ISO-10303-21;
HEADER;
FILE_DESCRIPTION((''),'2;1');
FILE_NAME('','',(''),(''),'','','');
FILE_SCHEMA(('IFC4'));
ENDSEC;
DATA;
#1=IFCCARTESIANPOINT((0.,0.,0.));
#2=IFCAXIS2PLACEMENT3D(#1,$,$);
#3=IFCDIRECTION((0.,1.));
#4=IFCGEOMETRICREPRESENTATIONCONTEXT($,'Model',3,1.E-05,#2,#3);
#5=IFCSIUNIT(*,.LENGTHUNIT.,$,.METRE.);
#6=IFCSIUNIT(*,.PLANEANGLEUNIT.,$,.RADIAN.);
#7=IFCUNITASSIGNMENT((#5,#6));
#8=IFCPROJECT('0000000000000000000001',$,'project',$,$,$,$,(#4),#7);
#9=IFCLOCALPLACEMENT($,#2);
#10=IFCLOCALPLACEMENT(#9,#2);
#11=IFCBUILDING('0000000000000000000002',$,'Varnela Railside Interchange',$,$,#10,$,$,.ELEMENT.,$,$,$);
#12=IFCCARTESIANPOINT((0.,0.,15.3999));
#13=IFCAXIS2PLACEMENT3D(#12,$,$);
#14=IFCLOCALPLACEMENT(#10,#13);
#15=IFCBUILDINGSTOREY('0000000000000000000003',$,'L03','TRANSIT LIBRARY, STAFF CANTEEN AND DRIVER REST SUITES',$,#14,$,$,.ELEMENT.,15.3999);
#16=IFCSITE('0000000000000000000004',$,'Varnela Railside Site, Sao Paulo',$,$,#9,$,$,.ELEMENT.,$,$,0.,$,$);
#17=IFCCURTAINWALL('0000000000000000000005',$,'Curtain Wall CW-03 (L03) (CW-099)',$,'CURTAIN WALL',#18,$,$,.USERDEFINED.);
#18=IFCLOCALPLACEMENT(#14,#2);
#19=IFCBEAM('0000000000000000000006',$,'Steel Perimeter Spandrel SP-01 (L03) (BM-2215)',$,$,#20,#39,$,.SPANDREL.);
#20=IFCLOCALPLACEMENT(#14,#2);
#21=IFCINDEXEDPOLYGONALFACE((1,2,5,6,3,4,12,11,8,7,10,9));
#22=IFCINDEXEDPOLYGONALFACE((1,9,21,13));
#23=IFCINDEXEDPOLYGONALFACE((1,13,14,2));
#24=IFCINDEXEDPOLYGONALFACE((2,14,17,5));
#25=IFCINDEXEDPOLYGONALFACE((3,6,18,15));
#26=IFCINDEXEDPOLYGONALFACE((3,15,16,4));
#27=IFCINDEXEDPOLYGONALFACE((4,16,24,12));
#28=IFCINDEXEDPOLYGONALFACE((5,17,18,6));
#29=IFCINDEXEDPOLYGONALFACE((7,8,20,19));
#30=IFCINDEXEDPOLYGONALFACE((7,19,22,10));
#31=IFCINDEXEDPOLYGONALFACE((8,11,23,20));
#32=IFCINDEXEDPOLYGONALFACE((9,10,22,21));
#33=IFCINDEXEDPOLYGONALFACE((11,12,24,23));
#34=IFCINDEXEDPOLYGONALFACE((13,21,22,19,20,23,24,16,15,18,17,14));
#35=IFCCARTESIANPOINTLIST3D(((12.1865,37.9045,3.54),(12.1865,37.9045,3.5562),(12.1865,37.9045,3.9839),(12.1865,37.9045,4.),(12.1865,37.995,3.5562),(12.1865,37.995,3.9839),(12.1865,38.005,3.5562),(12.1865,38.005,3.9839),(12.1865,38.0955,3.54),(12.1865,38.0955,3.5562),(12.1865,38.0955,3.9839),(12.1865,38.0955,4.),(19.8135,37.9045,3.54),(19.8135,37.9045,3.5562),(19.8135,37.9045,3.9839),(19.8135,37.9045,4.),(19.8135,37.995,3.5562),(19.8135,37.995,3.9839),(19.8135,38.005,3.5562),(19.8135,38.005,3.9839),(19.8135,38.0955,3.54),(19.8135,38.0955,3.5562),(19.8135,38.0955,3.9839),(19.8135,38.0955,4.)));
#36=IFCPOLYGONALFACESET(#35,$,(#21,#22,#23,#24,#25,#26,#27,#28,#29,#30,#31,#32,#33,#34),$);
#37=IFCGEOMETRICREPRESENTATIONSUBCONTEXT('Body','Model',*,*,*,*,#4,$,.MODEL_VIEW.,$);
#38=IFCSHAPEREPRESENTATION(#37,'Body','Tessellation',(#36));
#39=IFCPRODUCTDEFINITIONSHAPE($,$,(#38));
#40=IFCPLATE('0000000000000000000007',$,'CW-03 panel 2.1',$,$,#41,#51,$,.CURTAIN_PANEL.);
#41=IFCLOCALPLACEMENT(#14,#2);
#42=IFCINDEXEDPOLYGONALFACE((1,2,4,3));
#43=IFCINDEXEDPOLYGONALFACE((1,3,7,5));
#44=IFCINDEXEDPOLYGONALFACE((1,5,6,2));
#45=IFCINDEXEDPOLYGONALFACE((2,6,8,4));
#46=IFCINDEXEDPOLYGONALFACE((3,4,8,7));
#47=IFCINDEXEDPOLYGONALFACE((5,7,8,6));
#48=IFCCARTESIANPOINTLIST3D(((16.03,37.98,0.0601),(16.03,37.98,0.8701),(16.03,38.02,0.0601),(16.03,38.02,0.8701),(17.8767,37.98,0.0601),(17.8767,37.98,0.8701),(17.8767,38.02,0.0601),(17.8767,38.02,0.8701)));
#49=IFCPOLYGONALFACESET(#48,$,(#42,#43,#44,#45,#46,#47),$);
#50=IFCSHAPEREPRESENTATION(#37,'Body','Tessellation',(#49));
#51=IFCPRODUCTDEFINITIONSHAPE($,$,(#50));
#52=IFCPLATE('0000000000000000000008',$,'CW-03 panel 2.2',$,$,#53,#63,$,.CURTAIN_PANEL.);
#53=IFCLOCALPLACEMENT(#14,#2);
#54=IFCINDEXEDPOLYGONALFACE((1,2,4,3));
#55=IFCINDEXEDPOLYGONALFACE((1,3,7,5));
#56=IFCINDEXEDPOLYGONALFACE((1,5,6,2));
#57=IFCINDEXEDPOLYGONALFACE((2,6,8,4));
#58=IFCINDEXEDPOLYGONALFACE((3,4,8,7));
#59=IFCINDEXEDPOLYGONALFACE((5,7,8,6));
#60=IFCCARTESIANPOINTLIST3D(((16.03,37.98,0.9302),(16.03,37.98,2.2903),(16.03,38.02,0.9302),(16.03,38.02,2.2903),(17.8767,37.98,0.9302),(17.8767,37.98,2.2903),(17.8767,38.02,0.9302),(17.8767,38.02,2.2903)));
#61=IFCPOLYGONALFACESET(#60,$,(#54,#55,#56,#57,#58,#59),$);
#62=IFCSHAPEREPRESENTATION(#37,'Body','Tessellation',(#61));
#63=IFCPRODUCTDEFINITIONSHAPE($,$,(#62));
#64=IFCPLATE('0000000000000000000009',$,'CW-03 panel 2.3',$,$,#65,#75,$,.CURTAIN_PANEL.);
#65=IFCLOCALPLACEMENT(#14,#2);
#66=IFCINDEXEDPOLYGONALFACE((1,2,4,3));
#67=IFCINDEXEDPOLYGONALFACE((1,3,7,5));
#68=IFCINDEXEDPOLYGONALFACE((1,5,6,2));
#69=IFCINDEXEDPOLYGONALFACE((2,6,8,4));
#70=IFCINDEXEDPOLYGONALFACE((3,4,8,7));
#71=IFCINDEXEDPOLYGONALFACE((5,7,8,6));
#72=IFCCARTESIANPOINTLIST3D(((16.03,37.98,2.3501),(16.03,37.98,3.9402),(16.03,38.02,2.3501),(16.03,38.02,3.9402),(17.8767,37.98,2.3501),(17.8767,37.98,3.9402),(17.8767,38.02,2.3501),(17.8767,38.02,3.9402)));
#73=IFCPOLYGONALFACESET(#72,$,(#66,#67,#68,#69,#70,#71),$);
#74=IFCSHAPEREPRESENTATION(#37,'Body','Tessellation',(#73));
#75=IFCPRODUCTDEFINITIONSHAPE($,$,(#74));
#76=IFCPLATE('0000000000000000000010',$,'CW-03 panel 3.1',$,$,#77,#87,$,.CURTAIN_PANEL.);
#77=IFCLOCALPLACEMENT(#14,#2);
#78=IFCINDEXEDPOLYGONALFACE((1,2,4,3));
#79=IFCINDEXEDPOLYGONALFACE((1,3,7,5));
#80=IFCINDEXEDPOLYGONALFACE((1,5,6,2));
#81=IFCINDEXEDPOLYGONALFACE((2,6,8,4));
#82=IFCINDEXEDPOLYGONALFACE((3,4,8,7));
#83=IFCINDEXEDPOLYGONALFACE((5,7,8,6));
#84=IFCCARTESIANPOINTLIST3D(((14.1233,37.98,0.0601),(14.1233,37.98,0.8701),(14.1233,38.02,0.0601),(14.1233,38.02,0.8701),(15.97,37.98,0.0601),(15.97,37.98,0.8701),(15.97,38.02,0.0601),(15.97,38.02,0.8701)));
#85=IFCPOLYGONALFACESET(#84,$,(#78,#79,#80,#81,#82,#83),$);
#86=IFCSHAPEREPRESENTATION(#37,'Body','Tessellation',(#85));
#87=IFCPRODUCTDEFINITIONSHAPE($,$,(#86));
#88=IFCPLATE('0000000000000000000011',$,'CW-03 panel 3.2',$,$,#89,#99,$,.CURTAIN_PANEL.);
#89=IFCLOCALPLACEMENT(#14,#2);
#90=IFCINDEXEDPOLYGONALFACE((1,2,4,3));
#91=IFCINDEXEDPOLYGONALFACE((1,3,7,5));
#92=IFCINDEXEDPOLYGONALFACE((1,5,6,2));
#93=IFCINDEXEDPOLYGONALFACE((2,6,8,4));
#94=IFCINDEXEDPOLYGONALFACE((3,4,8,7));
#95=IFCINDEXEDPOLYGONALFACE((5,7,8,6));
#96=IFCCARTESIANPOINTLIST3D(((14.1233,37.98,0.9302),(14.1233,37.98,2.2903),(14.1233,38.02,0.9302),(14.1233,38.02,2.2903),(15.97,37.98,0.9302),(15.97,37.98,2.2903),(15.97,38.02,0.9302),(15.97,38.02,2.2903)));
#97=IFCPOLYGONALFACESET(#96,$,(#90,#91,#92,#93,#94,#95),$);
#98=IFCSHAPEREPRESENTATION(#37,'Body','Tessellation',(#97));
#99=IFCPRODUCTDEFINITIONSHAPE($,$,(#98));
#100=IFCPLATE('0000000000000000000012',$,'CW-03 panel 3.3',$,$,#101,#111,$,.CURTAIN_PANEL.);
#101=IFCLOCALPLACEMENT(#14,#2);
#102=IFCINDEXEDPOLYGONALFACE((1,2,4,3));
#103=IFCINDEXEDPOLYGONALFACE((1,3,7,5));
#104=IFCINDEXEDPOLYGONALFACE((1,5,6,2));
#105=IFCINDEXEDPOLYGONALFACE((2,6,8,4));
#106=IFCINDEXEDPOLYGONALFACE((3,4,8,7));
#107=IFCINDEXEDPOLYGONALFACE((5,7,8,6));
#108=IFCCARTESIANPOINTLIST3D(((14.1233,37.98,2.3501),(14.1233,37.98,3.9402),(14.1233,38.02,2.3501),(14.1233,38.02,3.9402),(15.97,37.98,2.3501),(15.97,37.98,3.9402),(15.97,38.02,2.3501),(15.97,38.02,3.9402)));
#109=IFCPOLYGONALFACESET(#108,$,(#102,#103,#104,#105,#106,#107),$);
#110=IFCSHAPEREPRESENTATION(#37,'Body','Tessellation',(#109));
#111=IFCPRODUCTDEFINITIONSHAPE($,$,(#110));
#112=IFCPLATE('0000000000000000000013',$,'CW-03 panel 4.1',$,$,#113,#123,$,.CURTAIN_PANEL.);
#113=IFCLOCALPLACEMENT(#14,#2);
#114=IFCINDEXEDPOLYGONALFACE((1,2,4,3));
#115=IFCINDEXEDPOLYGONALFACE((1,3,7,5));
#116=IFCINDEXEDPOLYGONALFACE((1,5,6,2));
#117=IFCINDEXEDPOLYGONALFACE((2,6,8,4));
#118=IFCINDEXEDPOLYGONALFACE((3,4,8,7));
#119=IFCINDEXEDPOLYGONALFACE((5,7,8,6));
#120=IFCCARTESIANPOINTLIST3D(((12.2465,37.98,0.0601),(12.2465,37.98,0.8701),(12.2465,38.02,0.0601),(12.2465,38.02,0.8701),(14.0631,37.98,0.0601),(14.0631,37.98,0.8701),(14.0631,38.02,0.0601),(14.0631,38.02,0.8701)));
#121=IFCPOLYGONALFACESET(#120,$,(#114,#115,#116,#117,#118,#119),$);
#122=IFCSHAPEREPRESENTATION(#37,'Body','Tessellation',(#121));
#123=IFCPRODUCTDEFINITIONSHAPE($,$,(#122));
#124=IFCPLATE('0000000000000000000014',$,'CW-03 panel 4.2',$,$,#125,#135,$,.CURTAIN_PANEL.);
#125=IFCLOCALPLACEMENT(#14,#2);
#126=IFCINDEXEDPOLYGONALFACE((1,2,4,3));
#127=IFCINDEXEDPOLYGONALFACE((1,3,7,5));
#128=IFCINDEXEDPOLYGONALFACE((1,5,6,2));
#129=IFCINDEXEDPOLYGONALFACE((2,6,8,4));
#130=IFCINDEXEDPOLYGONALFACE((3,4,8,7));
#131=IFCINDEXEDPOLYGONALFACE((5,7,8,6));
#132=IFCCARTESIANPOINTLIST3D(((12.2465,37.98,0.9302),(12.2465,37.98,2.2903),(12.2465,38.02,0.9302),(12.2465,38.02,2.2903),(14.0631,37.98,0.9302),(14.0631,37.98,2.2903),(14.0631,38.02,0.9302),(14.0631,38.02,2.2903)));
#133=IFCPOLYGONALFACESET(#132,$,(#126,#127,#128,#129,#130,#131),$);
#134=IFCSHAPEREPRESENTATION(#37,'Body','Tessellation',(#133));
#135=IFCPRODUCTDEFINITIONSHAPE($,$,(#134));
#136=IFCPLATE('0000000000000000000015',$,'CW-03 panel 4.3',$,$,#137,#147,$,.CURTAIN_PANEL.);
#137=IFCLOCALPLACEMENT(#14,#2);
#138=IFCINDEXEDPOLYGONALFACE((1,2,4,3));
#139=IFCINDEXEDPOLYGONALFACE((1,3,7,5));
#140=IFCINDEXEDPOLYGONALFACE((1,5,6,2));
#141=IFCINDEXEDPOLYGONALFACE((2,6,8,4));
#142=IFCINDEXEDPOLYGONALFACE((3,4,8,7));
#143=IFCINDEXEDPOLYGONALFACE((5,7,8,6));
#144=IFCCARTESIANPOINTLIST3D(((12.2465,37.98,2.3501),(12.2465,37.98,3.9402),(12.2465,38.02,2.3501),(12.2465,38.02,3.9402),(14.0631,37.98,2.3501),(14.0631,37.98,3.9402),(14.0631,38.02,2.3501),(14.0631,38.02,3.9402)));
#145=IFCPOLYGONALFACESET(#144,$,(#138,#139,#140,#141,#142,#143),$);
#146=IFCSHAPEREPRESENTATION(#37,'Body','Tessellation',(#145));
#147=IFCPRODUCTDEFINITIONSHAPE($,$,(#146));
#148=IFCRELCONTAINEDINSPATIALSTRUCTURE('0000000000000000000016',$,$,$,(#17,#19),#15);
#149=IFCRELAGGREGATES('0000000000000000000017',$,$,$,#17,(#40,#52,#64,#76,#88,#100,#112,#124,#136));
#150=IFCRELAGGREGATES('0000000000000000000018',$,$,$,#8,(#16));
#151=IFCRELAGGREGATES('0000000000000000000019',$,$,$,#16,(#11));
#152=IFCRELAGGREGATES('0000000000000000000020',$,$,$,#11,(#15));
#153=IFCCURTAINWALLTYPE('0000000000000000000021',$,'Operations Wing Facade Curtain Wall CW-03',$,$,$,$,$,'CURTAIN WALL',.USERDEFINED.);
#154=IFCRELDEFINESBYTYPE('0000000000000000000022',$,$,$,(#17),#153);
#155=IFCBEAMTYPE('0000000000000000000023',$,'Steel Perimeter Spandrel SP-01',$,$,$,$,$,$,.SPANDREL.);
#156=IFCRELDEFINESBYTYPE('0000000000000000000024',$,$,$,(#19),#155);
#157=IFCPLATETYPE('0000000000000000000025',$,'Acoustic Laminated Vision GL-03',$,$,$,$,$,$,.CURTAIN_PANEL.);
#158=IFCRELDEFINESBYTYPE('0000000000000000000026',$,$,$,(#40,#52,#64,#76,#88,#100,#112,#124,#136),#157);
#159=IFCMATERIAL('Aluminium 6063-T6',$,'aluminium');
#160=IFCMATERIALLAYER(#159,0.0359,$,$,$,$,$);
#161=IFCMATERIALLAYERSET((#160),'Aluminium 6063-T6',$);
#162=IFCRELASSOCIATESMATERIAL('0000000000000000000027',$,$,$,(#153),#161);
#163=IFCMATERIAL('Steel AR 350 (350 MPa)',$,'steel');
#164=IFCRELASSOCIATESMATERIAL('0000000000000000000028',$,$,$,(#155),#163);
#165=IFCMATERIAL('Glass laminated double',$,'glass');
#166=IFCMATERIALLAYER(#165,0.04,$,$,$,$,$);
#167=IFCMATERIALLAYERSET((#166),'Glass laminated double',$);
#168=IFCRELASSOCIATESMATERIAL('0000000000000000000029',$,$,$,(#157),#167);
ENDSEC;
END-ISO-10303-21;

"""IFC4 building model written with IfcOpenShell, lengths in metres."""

from ifc_helpers import new_model, si_unit, direction, frame, origin, origin_2d, place, context, subcontext, project, spatial, rectangle, i_section, extrude, material, layer, layer_set, material_profile, profile_set, type_object, element, aggregate, save


model = new_model("IFC4")

# Units and contexts
model_context = context("Model", 3, precision=1e-05, world=origin(), true_north=direction((0.0, 1.0)))
body_context = subcontext(model_context, "Body", "Model", "MODEL_VIEW")
ifc_project = project(units=[si_unit("LENGTHUNIT", "METRE"), si_unit("PLANEANGLEUNIT", "RADIAN")], contexts=[model_context])

# Site, building, storey
site_placement = place(None, origin())
site = spatial("IfcSite", under=ifc_project, at=site_placement, Name="Varnela Railside Site, Sao Paulo", CompositionType="ELEMENT", RefElevation=0.0)
building_placement = place(site_placement, origin())
building = spatial("IfcBuilding", under=site, at=building_placement, Name="Varnela Railside Interchange", CompositionType="ELEMENT")
storey_placement = place(building_placement, frame((0.0, 0.0, 15.3999)))
storey = spatial("IfcBuildingStorey", under=building, at=storey_placement, Name="L03", Description="TRANSIT LIBRARY, STAFF CANTEEN AND DRIVER REST SUITES", CompositionType="ELEMENT", Elevation=15.3999)

# Shared definitions
ifc_material_1 = material(Name="Steel AR 350 (350 MPa)", Category="steel")

# Curtain wall
ifc_material_2 = material(Name="Aluminium 6063-T6", Category="aluminium")
ifc_layer_1 = layer(ifc_material_2, 0.0359)
ifc_layer_set_1 = layer_set([ifc_layer_1], Name="Aluminium 6063-T6")
curtain_wall_type = type_object("IfcCurtainWallType", Name="Operations Wing Facade Curtain Wall CW-03", ElementType="CURTAIN WALL", PredefinedType="USERDEFINED", material=ifc_layer_set_1)
curtain_wall_placement = place(storey_placement, origin())
curtain_wall = element("IfcCurtainWall", 1, at=curtain_wall_placement, inside=storey, type_object=curtain_wall_type, Name="Curtain Wall CW-03 (L03) (CW-099)", ObjectType="CURTAIN WALL", PredefinedType="USERDEFINED")

# Beam
ifc_material_profile_1 = material_profile(ifc_material_1, i_section(OverallWidth=0.1909, OverallDepth=0.46, WebThickness=0.01, FlangeThickness=0.0161, at=origin_2d()), Name="W460x82")
ifc_profile_set_1 = profile_set([ifc_material_profile_1], Name="Steel AR 350 (350 MPa)")
beam_type = type_object("IfcBeamType", Name="Steel Perimeter Spandrel SP-01", PredefinedType="SPANDREL", material=ifc_profile_set_1)
beam_placement = place(storey_placement, frame((12.1865, 38.0, 3.77), z_axis=(1.0, 0.0, 0.0), x_axis=(0.0, 1.0, 0.0)))
element("IfcBeam", 2, at=beam_placement, inside=storey, type_object=beam_type, Name="Steel Perimeter Spandrel SP-01 (L03) (BM-2215)", PredefinedType="SPANDREL", context=body_context, shape_type="SweptSolid", body=[
    extrude(i_section(OverallWidth=0.1909, OverallDepth=0.46, WebThickness=0.01, FlangeThickness=0.0161, at=origin_2d()), origin(), (0.0, 0.0, 1.0), 7.627),
])

# Plates
ifc_material_3 = material(Name="Glass laminated double", Category="glass")
ifc_layer_2 = layer(ifc_material_3, 0.04)
ifc_layer_set_2 = layer_set([ifc_layer_2], Name="Glass laminated double")
plate_type = type_object("IfcPlateType", Name="Acoustic Laminated Vision GL-03", PredefinedType="CURTAIN_PANEL", material=ifc_layer_set_2)
plate_1_placement = place(storey_placement, frame((16.9534, 38.0, 0.0601), z_axis=(0.0, 0.0, 1.0), x_axis=(-1.0, 0.0, 0.0)))
plate_1 = element("IfcPlate", 3, at=plate_1_placement, type_object=plate_type, Name="CW-03 panel 2.1", PredefinedType="CURTAIN_PANEL", context=body_context, shape_type="SweptSolid", body=[
    extrude(rectangle(XDim=1.8467, YDim=0.04, at=origin_2d()), origin(), (0.0, 0.0, 1.0), 0.8101),
])
plate_2_placement = place(storey_placement, frame((16.9534, 38.0, 0.9302), z_axis=(0.0, 0.0, 1.0), x_axis=(-1.0, 0.0, 0.0)))
plate_2 = element("IfcPlate", 4, at=plate_2_placement, type_object=plate_type, Name="CW-03 panel 2.2", PredefinedType="CURTAIN_PANEL", context=body_context, shape_type="SweptSolid", body=[
    extrude(rectangle(XDim=1.8467, YDim=0.04, at=origin_2d()), origin(), (0.0, 0.0, 1.0), 1.3601),
])
plate_3_placement = place(storey_placement, frame((16.9534, 38.0, 2.3501), z_axis=(0.0, 0.0, 1.0), x_axis=(-1.0, 0.0, 0.0)))
plate_3 = element("IfcPlate", 5, at=plate_3_placement, type_object=plate_type, Name="CW-03 panel 2.3", PredefinedType="CURTAIN_PANEL", context=body_context, shape_type="SweptSolid", body=[
    extrude(rectangle(XDim=1.8467, YDim=0.04, at=origin_2d()), origin(), (0.0, 0.0, 1.0), 1.5901),
])
plate_4_placement = place(storey_placement, frame((15.0466, 38.0, 0.0601), z_axis=(0.0, 0.0, 1.0), x_axis=(-1.0, 0.0, 0.0)))
plate_4 = element("IfcPlate", 6, at=plate_4_placement, type_object=plate_type, Name="CW-03 panel 3.1", PredefinedType="CURTAIN_PANEL", context=body_context, shape_type="SweptSolid", body=[
    extrude(rectangle(XDim=1.8467, YDim=0.04, at=origin_2d()), origin(), (0.0, 0.0, 1.0), 0.8101),
])
plate_5_placement = place(storey_placement, frame((15.0466, 38.0, 0.9302), z_axis=(0.0, 0.0, 1.0), x_axis=(-1.0, 0.0, 0.0)))
plate_5 = element("IfcPlate", 7, at=plate_5_placement, type_object=plate_type, Name="CW-03 panel 3.2", PredefinedType="CURTAIN_PANEL", context=body_context, shape_type="SweptSolid", body=[
    extrude(rectangle(XDim=1.8467, YDim=0.04, at=origin_2d()), origin(), (0.0, 0.0, 1.0), 1.3601),
])
plate_6_placement = place(storey_placement, frame((15.0466, 38.0, 2.3501), z_axis=(0.0, 0.0, 1.0), x_axis=(-1.0, 0.0, 0.0)))
plate_6 = element("IfcPlate", 8, at=plate_6_placement, type_object=plate_type, Name="CW-03 panel 3.3", PredefinedType="CURTAIN_PANEL", context=body_context, shape_type="SweptSolid", body=[
    extrude(rectangle(XDim=1.8467, YDim=0.04, at=origin_2d()), origin(), (0.0, 0.0, 1.0), 1.5901),
])
plate_7_placement = place(storey_placement, frame((13.1548, 38.0, 0.0601), z_axis=(0.0, 0.0, 1.0), x_axis=(-1.0, 0.0, 0.0)))
plate_7 = element("IfcPlate", 9, at=plate_7_placement, type_object=plate_type, Name="CW-03 panel 4.1", PredefinedType="CURTAIN_PANEL", context=body_context, shape_type="SweptSolid", body=[
    extrude(rectangle(XDim=1.8167, YDim=0.04, at=origin_2d()), origin(), (0.0, 0.0, 1.0), 0.8101),
])
plate_8_placement = place(storey_placement, frame((13.1548, 38.0, 0.9302), z_axis=(0.0, 0.0, 1.0), x_axis=(-1.0, 0.0, 0.0)))
plate_8 = element("IfcPlate", 10, at=plate_8_placement, type_object=plate_type, Name="CW-03 panel 4.2", PredefinedType="CURTAIN_PANEL", context=body_context, shape_type="SweptSolid", body=[
    extrude(rectangle(XDim=1.8167, YDim=0.04, at=origin_2d()), origin(), (0.0, 0.0, 1.0), 1.3601),
])
plate_9_placement = place(storey_placement, frame((13.1548, 38.0, 2.3501), z_axis=(0.0, 0.0, 1.0), x_axis=(-1.0, 0.0, 0.0)))
plate_9 = element("IfcPlate", 11, at=plate_9_placement, type_object=plate_type, Name="CW-03 panel 4.3", PredefinedType="CURTAIN_PANEL", context=body_context, shape_type="SweptSolid", body=[
    extrude(rectangle(XDim=1.8167, YDim=0.04, at=origin_2d()), origin(), (0.0, 0.0, 1.0), 1.5901),
])
aggregate(curtain_wall, [plate_1, plate_2, plate_3, plate_4, plate_5, plate_6, plate_7, plate_8, plate_9])

save(model, "model.ifc")
